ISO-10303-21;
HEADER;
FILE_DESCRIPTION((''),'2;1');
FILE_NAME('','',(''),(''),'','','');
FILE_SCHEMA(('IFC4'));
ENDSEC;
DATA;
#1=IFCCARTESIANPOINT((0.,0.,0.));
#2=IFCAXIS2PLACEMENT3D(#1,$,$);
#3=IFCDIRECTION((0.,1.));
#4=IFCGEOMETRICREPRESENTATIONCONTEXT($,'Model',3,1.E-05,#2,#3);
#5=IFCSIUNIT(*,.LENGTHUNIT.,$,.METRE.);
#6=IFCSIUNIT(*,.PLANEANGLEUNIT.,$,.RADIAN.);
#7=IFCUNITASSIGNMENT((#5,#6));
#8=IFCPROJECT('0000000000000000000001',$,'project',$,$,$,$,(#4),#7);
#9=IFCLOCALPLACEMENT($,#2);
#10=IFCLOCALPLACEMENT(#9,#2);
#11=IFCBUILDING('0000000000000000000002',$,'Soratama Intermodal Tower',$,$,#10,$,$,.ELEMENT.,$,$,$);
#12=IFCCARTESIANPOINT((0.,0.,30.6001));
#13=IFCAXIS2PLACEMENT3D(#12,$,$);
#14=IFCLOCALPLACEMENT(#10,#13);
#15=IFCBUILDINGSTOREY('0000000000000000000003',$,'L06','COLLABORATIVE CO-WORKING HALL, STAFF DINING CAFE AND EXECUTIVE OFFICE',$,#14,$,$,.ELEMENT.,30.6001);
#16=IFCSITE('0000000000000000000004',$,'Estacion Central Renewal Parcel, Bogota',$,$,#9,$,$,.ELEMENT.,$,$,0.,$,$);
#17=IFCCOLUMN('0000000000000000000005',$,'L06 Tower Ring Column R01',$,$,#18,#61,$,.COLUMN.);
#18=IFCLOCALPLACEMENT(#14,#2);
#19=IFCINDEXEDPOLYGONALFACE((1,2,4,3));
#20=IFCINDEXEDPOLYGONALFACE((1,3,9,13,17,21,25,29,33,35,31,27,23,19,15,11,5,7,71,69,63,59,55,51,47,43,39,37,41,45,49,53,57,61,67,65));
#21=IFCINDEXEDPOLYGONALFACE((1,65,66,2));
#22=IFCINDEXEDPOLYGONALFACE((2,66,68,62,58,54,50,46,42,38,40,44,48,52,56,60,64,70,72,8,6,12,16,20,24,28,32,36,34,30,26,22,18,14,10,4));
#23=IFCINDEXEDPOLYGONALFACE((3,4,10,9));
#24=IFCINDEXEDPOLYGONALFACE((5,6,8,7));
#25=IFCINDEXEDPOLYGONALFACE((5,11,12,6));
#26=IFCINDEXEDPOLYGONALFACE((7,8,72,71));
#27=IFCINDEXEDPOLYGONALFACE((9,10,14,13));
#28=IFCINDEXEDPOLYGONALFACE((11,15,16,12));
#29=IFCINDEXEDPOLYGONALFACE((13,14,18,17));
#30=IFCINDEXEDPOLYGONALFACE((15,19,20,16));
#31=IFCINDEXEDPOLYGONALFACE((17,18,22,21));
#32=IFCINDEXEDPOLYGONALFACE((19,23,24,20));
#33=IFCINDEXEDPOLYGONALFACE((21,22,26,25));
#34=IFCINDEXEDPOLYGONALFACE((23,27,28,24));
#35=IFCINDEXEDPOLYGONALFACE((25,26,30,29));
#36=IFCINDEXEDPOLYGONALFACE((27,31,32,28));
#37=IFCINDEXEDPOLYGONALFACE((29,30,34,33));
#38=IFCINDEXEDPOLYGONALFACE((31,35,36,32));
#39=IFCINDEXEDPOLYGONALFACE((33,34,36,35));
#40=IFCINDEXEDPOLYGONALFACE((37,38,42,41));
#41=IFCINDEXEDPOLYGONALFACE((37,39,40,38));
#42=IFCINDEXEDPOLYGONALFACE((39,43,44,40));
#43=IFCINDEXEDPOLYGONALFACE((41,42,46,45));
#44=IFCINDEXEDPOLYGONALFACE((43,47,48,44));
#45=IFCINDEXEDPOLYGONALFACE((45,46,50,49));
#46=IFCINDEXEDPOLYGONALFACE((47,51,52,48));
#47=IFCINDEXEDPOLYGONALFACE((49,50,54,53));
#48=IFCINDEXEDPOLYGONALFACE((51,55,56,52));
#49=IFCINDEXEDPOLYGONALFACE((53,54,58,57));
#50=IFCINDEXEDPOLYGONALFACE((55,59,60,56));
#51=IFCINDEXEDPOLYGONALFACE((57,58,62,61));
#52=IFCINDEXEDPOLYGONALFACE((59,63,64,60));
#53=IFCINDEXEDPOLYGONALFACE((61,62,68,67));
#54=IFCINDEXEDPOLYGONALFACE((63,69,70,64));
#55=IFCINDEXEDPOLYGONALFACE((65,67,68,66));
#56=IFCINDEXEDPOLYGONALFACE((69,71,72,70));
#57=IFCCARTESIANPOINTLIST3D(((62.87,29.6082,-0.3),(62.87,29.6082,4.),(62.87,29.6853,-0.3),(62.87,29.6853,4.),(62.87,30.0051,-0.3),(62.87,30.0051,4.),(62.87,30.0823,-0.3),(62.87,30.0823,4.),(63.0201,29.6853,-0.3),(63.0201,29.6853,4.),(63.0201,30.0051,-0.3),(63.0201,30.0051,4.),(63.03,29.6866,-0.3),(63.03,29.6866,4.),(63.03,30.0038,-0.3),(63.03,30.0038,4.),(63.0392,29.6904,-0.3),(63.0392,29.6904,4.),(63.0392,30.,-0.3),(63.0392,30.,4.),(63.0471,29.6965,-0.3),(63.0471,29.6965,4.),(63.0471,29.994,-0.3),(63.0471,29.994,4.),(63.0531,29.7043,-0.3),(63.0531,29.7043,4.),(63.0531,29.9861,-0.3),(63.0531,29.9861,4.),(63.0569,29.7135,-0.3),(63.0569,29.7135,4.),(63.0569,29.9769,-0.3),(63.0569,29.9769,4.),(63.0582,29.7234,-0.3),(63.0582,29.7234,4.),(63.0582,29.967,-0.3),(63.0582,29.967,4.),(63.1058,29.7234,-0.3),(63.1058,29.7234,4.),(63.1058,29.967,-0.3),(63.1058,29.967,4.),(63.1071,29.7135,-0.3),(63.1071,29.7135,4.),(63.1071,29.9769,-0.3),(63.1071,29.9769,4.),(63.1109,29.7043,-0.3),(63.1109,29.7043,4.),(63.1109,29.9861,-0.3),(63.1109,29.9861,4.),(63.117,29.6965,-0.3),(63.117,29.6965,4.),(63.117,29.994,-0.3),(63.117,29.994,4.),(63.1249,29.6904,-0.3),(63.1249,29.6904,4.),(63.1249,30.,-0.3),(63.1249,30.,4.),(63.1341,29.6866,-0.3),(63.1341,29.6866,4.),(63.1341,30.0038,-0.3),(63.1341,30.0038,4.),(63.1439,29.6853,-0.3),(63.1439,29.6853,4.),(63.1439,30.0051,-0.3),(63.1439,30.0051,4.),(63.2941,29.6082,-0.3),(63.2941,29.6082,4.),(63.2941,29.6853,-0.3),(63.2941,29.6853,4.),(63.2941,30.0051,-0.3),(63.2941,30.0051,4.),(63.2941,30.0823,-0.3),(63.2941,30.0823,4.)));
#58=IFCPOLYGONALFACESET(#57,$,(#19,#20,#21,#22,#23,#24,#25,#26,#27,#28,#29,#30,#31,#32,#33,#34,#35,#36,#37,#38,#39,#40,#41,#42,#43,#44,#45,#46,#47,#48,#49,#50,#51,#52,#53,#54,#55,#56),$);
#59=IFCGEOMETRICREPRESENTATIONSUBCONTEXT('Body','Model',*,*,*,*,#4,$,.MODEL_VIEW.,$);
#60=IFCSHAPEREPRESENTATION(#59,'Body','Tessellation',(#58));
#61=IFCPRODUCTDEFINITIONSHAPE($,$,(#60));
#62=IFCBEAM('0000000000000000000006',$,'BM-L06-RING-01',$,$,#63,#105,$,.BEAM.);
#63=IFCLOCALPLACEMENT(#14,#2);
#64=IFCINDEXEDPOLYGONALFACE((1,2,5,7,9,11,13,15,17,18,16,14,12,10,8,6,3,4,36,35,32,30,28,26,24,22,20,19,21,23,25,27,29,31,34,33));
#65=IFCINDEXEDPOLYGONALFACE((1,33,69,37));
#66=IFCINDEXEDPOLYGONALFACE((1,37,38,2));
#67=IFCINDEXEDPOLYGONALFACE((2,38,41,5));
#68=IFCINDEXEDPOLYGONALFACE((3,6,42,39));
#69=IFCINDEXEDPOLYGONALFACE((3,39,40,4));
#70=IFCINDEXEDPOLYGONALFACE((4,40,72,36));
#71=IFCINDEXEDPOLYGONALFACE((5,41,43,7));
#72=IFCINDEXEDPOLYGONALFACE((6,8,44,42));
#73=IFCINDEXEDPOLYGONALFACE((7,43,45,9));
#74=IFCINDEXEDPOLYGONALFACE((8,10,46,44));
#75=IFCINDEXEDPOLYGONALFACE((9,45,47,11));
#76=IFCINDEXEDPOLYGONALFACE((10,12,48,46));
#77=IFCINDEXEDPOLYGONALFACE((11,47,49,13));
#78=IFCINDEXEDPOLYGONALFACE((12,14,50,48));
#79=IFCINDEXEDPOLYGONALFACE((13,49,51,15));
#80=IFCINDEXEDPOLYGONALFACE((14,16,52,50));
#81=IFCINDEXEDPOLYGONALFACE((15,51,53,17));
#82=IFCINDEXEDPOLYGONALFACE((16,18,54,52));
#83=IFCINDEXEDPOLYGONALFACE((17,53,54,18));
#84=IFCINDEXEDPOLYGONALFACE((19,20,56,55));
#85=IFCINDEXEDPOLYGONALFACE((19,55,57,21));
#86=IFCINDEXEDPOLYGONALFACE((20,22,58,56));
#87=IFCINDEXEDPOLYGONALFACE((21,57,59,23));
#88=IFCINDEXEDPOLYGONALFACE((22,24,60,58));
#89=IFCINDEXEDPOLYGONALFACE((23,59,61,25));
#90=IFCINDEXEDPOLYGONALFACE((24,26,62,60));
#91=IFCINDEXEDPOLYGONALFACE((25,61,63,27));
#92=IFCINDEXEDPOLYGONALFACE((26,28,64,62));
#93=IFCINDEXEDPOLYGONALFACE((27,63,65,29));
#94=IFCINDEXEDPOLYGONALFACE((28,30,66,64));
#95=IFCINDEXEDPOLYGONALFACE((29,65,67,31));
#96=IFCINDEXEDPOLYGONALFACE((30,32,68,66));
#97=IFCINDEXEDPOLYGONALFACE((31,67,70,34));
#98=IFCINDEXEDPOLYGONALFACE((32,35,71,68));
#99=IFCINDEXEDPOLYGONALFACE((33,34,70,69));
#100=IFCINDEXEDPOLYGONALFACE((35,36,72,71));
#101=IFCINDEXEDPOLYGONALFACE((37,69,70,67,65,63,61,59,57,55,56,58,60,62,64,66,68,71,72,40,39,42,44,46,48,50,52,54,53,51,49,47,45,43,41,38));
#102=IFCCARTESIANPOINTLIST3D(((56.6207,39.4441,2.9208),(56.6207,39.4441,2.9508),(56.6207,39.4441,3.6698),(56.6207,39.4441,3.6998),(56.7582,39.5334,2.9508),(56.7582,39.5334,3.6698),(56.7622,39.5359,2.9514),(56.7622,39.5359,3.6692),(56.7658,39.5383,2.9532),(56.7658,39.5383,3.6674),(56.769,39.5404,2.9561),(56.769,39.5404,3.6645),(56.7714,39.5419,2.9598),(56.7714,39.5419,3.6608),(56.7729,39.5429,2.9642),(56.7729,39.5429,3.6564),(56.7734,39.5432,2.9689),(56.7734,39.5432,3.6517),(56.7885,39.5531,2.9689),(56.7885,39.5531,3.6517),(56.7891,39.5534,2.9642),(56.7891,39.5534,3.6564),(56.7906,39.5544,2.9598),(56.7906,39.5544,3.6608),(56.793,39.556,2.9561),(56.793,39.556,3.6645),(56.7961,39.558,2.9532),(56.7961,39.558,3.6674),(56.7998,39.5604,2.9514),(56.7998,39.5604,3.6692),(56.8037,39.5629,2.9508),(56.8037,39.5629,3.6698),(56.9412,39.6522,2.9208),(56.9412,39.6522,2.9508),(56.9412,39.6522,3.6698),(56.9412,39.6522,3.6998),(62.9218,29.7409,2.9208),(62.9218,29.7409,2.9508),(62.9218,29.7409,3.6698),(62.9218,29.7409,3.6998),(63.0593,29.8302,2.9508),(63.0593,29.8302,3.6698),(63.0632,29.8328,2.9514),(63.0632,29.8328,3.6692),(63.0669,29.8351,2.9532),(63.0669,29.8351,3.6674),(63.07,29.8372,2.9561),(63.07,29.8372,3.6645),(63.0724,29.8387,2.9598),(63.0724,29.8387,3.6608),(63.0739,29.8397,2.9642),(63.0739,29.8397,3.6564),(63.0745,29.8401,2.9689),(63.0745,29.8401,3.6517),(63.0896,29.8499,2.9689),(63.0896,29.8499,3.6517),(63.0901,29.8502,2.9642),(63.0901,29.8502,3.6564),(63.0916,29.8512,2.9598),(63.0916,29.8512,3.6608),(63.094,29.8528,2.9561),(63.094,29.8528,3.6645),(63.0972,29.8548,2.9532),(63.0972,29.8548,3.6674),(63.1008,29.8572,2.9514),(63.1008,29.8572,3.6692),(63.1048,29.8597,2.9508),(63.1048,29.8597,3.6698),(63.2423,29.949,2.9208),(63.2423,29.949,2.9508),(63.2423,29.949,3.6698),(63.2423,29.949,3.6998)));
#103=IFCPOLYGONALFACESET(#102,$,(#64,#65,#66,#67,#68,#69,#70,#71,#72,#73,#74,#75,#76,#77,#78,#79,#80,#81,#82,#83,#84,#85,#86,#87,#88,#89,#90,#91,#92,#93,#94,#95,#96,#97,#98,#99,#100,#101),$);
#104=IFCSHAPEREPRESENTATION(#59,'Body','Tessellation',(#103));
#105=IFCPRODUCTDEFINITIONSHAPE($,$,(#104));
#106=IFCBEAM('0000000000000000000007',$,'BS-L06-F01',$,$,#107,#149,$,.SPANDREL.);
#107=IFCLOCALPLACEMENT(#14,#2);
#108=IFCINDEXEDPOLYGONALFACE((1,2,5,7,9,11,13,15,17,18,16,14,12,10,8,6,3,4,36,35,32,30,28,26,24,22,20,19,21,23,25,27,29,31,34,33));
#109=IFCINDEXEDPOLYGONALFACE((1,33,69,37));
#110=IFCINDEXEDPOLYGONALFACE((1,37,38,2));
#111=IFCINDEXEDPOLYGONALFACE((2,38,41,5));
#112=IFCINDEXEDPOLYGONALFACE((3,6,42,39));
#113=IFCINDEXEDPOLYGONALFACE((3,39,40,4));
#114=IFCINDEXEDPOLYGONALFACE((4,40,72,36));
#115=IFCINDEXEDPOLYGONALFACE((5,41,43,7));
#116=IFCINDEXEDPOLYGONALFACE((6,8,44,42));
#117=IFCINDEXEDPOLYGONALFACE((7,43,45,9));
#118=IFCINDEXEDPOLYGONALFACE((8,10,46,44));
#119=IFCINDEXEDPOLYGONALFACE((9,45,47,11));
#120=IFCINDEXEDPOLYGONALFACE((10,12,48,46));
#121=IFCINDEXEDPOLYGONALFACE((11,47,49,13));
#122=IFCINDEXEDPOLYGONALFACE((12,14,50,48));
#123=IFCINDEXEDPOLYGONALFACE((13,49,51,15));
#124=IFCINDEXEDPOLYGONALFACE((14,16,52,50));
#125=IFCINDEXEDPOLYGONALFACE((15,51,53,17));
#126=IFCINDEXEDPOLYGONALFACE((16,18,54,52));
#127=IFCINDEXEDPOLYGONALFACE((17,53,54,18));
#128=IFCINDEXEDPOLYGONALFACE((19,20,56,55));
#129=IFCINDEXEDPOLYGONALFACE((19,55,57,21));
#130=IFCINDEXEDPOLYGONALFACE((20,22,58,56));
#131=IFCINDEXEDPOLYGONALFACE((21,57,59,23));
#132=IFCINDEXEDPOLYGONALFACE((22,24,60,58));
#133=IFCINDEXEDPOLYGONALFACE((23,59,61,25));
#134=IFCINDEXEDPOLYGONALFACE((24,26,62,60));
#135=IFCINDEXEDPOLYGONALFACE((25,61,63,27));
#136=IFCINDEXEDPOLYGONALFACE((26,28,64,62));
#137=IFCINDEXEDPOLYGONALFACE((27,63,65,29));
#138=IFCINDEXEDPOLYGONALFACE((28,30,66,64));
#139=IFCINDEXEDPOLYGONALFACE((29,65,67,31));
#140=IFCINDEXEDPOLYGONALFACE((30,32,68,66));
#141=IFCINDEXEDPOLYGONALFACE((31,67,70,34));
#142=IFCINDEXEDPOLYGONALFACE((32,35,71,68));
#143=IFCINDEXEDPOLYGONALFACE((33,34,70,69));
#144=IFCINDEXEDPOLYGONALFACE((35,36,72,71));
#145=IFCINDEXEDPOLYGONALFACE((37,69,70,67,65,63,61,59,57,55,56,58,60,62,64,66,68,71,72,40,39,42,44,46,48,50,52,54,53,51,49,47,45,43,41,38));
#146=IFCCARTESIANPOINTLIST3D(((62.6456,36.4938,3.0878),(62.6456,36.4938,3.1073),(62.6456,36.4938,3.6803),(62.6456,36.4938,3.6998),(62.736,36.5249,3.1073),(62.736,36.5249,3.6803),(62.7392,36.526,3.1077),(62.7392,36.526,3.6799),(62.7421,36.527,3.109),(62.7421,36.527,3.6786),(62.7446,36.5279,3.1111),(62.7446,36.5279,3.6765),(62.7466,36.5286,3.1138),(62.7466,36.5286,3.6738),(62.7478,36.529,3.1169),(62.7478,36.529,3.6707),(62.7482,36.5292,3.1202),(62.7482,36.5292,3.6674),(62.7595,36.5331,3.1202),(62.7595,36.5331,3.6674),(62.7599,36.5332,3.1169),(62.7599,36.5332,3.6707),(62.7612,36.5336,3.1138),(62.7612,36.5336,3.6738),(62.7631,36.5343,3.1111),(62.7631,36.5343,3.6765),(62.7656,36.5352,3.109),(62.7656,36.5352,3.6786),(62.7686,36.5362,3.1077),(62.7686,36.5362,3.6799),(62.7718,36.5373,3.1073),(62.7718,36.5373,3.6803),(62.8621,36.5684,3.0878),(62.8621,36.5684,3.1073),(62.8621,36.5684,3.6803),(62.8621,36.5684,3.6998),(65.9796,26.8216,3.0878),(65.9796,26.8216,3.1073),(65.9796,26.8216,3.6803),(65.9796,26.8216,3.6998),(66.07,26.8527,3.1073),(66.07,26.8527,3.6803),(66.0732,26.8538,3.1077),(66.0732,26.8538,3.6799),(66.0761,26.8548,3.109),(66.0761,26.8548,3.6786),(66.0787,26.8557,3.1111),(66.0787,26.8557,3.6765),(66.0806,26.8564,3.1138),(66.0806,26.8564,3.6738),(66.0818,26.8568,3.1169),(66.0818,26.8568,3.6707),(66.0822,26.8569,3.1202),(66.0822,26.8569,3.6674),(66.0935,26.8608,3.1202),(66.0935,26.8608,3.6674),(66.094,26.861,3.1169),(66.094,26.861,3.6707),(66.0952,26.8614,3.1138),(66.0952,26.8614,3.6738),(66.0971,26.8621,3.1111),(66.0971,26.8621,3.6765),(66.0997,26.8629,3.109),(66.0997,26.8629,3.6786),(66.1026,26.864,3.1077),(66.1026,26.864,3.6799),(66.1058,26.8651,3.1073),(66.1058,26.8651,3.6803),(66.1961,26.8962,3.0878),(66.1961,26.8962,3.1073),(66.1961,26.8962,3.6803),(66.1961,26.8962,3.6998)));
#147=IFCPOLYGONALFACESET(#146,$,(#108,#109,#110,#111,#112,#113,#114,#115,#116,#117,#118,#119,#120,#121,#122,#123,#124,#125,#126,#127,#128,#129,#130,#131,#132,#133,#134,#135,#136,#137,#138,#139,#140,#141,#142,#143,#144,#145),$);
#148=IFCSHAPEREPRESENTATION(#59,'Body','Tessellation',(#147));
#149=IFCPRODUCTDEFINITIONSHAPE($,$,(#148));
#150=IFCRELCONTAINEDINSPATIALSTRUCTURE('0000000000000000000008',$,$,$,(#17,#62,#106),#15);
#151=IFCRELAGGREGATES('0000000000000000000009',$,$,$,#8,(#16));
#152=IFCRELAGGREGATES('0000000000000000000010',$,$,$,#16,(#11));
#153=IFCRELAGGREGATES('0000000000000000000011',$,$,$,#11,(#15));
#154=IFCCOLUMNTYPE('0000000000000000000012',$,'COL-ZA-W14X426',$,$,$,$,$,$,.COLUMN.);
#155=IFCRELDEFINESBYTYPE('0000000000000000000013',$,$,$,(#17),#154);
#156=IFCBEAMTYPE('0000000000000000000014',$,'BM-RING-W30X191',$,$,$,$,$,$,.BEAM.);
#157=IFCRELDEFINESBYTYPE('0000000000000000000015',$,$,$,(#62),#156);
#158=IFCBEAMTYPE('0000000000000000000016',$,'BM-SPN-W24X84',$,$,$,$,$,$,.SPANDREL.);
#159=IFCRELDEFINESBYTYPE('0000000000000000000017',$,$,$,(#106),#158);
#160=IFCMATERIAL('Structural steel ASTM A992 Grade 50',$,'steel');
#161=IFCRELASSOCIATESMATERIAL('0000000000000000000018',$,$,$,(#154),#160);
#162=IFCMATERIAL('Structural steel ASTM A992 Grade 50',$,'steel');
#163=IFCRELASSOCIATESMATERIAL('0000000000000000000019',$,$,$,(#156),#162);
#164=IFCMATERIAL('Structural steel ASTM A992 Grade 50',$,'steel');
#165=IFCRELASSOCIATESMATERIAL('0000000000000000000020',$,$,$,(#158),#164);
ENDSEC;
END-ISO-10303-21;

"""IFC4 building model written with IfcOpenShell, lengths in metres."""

from ifc_helpers import new_model, si_unit, direction, frame, origin, origin_2d, place, context, subcontext, project, spatial, i_section, extrude, material, material_profile, profile_set, type_object, element, save


model = new_model("IFC4")

# Units and contexts
model_context = context("Model", 3, precision=1e-05, world=origin(), true_north=direction((0.0, 1.0)))
body_context = subcontext(model_context, "Body", "Model", "MODEL_VIEW")
ifc_project = project(units=[si_unit("LENGTHUNIT", "METRE"), si_unit("PLANEANGLEUNIT", "RADIAN")], contexts=[model_context])

# Site, building, storey
site_placement = place(None, origin())
site = spatial("IfcSite", under=ifc_project, at=site_placement, Name="Estacion Central Renewal Parcel, Bogota", CompositionType="ELEMENT", RefElevation=0.0)
building_placement = place(site_placement, origin())
building = spatial("IfcBuilding", under=site, at=building_placement, Name="Soratama Intermodal Tower", CompositionType="ELEMENT")
storey_placement = place(building_placement, frame((0.0, 0.0, 30.6001)))
storey = spatial("IfcBuildingStorey", under=building, at=storey_placement, Name="L06", Description="COLLABORATIVE CO-WORKING HALL, STAFF DINING CAFE AND EXECUTIVE OFFICE", CompositionType="ELEMENT", Elevation=30.6001)

# Column
ifc_material_1 = material(Name="Structural steel ASTM A992 Grade 50", Category="steel")
ifc_material_profile_1 = material_profile(ifc_material_1, i_section(OverallWidth=0.4241, OverallDepth=0.4741, WebThickness=0.0476, FlangeThickness=0.0771, FilletRadius=0.0381, at=origin_2d()), Name="W14X426")
ifc_profile_set_1 = profile_set([ifc_material_profile_1], Name="Structural steel ASTM A992 Grade 50")
column_type = type_object("IfcColumnType", Name="COL-ZA-W14X426", PredefinedType="COLUMN", material=ifc_profile_set_1)
column_placement = place(storey_placement, frame((63.082, 29.8452, -0.3), z_axis=(0.0, 0.0, 1.0), x_axis=(1.0, 0.0, 0.0)))
element("IfcColumn", 1, at=column_placement, inside=storey, type_object=column_type, Name="L06 Tower Ring Column R01", PredefinedType="COLUMN", context=body_context, shape_type="SweptSolid", body=[
    extrude(i_section(OverallWidth=0.4241, OverallDepth=0.4741, WebThickness=0.0476, FlangeThickness=0.0771, FilletRadius=0.0381, at=origin_2d()), origin(), (0.0, 0.0, 1.0), 4.3),
])

# Beams
ifc_material_2 = material(Name="Structural steel ASTM A992 Grade 50", Category="steel")
ifc_material_profile_2 = material_profile(ifc_material_2, i_section(OverallWidth=0.3821, OverallDepth=0.7791, WebThickness=0.0181, FlangeThickness=0.03, FilletRadius=0.0181, at=origin_2d()), Name="W30X191")
ifc_profile_set_2 = profile_set([ifc_material_profile_2], Name="Structural steel ASTM A992 Grade 50")
beam_type_1 = type_object("IfcBeamType", Name="BM-RING-W30X191", PredefinedType="BEAM", material=ifc_profile_set_2)
beam_1_placement = place(storey_placement, frame((63.082, 29.845, 3.3103), z_axis=(-0.544623, 0.838681, 0.0), x_axis=(-0.838681, -0.544623, 0.0)))
element("IfcBeam", 2, at=beam_1_placement, inside=storey, type_object=beam_type_1, Name="BM-L06-RING-01", PredefinedType="BEAM", context=body_context, shape_type="SweptSolid", body=[
    extrude(i_section(OverallWidth=0.3821, OverallDepth=0.7791, WebThickness=0.0181, FlangeThickness=0.03, FilletRadius=0.0181, at=origin_2d()), origin(), (0.0, 0.0, 1.0), 11.5696),
])
ifc_material_3 = material(Name="Structural steel ASTM A992 Grade 50", Category="steel")
ifc_material_profile_3 = material_profile(ifc_material_3, i_section(OverallWidth=0.229, OverallDepth=0.6121, WebThickness=0.012, FlangeThickness=0.0195, FilletRadius=0.0129, at=origin_2d()), Name="W24X84")
ifc_profile_set_3 = profile_set([ifc_material_profile_3], Name="Structural steel ASTM A992 Grade 50")
beam_type_2 = type_object("IfcBeamType", Name="BM-SPN-W24X84", PredefinedType="SPANDREL", material=ifc_profile_set_3)
beam_2_placement = place(storey_placement, frame((66.0879, 26.8589, 3.3938), z_axis=(-0.325883, 0.94541, 0.0), x_axis=(-0.94541, -0.325883, 0.0)))
element("IfcBeam", 3, at=beam_2_placement, inside=storey, type_object=beam_type_2, Name="BS-L06-F01", PredefinedType="SPANDREL", context=body_context, shape_type="SweptSolid", body=[
    extrude(i_section(OverallWidth=0.229, OverallDepth=0.6121, WebThickness=0.012, FlangeThickness=0.0195, FilletRadius=0.0129, at=origin_2d()), origin(), (0.0, 0.0, 1.0), 10.2307),
])

save(model, "model.ifc")
